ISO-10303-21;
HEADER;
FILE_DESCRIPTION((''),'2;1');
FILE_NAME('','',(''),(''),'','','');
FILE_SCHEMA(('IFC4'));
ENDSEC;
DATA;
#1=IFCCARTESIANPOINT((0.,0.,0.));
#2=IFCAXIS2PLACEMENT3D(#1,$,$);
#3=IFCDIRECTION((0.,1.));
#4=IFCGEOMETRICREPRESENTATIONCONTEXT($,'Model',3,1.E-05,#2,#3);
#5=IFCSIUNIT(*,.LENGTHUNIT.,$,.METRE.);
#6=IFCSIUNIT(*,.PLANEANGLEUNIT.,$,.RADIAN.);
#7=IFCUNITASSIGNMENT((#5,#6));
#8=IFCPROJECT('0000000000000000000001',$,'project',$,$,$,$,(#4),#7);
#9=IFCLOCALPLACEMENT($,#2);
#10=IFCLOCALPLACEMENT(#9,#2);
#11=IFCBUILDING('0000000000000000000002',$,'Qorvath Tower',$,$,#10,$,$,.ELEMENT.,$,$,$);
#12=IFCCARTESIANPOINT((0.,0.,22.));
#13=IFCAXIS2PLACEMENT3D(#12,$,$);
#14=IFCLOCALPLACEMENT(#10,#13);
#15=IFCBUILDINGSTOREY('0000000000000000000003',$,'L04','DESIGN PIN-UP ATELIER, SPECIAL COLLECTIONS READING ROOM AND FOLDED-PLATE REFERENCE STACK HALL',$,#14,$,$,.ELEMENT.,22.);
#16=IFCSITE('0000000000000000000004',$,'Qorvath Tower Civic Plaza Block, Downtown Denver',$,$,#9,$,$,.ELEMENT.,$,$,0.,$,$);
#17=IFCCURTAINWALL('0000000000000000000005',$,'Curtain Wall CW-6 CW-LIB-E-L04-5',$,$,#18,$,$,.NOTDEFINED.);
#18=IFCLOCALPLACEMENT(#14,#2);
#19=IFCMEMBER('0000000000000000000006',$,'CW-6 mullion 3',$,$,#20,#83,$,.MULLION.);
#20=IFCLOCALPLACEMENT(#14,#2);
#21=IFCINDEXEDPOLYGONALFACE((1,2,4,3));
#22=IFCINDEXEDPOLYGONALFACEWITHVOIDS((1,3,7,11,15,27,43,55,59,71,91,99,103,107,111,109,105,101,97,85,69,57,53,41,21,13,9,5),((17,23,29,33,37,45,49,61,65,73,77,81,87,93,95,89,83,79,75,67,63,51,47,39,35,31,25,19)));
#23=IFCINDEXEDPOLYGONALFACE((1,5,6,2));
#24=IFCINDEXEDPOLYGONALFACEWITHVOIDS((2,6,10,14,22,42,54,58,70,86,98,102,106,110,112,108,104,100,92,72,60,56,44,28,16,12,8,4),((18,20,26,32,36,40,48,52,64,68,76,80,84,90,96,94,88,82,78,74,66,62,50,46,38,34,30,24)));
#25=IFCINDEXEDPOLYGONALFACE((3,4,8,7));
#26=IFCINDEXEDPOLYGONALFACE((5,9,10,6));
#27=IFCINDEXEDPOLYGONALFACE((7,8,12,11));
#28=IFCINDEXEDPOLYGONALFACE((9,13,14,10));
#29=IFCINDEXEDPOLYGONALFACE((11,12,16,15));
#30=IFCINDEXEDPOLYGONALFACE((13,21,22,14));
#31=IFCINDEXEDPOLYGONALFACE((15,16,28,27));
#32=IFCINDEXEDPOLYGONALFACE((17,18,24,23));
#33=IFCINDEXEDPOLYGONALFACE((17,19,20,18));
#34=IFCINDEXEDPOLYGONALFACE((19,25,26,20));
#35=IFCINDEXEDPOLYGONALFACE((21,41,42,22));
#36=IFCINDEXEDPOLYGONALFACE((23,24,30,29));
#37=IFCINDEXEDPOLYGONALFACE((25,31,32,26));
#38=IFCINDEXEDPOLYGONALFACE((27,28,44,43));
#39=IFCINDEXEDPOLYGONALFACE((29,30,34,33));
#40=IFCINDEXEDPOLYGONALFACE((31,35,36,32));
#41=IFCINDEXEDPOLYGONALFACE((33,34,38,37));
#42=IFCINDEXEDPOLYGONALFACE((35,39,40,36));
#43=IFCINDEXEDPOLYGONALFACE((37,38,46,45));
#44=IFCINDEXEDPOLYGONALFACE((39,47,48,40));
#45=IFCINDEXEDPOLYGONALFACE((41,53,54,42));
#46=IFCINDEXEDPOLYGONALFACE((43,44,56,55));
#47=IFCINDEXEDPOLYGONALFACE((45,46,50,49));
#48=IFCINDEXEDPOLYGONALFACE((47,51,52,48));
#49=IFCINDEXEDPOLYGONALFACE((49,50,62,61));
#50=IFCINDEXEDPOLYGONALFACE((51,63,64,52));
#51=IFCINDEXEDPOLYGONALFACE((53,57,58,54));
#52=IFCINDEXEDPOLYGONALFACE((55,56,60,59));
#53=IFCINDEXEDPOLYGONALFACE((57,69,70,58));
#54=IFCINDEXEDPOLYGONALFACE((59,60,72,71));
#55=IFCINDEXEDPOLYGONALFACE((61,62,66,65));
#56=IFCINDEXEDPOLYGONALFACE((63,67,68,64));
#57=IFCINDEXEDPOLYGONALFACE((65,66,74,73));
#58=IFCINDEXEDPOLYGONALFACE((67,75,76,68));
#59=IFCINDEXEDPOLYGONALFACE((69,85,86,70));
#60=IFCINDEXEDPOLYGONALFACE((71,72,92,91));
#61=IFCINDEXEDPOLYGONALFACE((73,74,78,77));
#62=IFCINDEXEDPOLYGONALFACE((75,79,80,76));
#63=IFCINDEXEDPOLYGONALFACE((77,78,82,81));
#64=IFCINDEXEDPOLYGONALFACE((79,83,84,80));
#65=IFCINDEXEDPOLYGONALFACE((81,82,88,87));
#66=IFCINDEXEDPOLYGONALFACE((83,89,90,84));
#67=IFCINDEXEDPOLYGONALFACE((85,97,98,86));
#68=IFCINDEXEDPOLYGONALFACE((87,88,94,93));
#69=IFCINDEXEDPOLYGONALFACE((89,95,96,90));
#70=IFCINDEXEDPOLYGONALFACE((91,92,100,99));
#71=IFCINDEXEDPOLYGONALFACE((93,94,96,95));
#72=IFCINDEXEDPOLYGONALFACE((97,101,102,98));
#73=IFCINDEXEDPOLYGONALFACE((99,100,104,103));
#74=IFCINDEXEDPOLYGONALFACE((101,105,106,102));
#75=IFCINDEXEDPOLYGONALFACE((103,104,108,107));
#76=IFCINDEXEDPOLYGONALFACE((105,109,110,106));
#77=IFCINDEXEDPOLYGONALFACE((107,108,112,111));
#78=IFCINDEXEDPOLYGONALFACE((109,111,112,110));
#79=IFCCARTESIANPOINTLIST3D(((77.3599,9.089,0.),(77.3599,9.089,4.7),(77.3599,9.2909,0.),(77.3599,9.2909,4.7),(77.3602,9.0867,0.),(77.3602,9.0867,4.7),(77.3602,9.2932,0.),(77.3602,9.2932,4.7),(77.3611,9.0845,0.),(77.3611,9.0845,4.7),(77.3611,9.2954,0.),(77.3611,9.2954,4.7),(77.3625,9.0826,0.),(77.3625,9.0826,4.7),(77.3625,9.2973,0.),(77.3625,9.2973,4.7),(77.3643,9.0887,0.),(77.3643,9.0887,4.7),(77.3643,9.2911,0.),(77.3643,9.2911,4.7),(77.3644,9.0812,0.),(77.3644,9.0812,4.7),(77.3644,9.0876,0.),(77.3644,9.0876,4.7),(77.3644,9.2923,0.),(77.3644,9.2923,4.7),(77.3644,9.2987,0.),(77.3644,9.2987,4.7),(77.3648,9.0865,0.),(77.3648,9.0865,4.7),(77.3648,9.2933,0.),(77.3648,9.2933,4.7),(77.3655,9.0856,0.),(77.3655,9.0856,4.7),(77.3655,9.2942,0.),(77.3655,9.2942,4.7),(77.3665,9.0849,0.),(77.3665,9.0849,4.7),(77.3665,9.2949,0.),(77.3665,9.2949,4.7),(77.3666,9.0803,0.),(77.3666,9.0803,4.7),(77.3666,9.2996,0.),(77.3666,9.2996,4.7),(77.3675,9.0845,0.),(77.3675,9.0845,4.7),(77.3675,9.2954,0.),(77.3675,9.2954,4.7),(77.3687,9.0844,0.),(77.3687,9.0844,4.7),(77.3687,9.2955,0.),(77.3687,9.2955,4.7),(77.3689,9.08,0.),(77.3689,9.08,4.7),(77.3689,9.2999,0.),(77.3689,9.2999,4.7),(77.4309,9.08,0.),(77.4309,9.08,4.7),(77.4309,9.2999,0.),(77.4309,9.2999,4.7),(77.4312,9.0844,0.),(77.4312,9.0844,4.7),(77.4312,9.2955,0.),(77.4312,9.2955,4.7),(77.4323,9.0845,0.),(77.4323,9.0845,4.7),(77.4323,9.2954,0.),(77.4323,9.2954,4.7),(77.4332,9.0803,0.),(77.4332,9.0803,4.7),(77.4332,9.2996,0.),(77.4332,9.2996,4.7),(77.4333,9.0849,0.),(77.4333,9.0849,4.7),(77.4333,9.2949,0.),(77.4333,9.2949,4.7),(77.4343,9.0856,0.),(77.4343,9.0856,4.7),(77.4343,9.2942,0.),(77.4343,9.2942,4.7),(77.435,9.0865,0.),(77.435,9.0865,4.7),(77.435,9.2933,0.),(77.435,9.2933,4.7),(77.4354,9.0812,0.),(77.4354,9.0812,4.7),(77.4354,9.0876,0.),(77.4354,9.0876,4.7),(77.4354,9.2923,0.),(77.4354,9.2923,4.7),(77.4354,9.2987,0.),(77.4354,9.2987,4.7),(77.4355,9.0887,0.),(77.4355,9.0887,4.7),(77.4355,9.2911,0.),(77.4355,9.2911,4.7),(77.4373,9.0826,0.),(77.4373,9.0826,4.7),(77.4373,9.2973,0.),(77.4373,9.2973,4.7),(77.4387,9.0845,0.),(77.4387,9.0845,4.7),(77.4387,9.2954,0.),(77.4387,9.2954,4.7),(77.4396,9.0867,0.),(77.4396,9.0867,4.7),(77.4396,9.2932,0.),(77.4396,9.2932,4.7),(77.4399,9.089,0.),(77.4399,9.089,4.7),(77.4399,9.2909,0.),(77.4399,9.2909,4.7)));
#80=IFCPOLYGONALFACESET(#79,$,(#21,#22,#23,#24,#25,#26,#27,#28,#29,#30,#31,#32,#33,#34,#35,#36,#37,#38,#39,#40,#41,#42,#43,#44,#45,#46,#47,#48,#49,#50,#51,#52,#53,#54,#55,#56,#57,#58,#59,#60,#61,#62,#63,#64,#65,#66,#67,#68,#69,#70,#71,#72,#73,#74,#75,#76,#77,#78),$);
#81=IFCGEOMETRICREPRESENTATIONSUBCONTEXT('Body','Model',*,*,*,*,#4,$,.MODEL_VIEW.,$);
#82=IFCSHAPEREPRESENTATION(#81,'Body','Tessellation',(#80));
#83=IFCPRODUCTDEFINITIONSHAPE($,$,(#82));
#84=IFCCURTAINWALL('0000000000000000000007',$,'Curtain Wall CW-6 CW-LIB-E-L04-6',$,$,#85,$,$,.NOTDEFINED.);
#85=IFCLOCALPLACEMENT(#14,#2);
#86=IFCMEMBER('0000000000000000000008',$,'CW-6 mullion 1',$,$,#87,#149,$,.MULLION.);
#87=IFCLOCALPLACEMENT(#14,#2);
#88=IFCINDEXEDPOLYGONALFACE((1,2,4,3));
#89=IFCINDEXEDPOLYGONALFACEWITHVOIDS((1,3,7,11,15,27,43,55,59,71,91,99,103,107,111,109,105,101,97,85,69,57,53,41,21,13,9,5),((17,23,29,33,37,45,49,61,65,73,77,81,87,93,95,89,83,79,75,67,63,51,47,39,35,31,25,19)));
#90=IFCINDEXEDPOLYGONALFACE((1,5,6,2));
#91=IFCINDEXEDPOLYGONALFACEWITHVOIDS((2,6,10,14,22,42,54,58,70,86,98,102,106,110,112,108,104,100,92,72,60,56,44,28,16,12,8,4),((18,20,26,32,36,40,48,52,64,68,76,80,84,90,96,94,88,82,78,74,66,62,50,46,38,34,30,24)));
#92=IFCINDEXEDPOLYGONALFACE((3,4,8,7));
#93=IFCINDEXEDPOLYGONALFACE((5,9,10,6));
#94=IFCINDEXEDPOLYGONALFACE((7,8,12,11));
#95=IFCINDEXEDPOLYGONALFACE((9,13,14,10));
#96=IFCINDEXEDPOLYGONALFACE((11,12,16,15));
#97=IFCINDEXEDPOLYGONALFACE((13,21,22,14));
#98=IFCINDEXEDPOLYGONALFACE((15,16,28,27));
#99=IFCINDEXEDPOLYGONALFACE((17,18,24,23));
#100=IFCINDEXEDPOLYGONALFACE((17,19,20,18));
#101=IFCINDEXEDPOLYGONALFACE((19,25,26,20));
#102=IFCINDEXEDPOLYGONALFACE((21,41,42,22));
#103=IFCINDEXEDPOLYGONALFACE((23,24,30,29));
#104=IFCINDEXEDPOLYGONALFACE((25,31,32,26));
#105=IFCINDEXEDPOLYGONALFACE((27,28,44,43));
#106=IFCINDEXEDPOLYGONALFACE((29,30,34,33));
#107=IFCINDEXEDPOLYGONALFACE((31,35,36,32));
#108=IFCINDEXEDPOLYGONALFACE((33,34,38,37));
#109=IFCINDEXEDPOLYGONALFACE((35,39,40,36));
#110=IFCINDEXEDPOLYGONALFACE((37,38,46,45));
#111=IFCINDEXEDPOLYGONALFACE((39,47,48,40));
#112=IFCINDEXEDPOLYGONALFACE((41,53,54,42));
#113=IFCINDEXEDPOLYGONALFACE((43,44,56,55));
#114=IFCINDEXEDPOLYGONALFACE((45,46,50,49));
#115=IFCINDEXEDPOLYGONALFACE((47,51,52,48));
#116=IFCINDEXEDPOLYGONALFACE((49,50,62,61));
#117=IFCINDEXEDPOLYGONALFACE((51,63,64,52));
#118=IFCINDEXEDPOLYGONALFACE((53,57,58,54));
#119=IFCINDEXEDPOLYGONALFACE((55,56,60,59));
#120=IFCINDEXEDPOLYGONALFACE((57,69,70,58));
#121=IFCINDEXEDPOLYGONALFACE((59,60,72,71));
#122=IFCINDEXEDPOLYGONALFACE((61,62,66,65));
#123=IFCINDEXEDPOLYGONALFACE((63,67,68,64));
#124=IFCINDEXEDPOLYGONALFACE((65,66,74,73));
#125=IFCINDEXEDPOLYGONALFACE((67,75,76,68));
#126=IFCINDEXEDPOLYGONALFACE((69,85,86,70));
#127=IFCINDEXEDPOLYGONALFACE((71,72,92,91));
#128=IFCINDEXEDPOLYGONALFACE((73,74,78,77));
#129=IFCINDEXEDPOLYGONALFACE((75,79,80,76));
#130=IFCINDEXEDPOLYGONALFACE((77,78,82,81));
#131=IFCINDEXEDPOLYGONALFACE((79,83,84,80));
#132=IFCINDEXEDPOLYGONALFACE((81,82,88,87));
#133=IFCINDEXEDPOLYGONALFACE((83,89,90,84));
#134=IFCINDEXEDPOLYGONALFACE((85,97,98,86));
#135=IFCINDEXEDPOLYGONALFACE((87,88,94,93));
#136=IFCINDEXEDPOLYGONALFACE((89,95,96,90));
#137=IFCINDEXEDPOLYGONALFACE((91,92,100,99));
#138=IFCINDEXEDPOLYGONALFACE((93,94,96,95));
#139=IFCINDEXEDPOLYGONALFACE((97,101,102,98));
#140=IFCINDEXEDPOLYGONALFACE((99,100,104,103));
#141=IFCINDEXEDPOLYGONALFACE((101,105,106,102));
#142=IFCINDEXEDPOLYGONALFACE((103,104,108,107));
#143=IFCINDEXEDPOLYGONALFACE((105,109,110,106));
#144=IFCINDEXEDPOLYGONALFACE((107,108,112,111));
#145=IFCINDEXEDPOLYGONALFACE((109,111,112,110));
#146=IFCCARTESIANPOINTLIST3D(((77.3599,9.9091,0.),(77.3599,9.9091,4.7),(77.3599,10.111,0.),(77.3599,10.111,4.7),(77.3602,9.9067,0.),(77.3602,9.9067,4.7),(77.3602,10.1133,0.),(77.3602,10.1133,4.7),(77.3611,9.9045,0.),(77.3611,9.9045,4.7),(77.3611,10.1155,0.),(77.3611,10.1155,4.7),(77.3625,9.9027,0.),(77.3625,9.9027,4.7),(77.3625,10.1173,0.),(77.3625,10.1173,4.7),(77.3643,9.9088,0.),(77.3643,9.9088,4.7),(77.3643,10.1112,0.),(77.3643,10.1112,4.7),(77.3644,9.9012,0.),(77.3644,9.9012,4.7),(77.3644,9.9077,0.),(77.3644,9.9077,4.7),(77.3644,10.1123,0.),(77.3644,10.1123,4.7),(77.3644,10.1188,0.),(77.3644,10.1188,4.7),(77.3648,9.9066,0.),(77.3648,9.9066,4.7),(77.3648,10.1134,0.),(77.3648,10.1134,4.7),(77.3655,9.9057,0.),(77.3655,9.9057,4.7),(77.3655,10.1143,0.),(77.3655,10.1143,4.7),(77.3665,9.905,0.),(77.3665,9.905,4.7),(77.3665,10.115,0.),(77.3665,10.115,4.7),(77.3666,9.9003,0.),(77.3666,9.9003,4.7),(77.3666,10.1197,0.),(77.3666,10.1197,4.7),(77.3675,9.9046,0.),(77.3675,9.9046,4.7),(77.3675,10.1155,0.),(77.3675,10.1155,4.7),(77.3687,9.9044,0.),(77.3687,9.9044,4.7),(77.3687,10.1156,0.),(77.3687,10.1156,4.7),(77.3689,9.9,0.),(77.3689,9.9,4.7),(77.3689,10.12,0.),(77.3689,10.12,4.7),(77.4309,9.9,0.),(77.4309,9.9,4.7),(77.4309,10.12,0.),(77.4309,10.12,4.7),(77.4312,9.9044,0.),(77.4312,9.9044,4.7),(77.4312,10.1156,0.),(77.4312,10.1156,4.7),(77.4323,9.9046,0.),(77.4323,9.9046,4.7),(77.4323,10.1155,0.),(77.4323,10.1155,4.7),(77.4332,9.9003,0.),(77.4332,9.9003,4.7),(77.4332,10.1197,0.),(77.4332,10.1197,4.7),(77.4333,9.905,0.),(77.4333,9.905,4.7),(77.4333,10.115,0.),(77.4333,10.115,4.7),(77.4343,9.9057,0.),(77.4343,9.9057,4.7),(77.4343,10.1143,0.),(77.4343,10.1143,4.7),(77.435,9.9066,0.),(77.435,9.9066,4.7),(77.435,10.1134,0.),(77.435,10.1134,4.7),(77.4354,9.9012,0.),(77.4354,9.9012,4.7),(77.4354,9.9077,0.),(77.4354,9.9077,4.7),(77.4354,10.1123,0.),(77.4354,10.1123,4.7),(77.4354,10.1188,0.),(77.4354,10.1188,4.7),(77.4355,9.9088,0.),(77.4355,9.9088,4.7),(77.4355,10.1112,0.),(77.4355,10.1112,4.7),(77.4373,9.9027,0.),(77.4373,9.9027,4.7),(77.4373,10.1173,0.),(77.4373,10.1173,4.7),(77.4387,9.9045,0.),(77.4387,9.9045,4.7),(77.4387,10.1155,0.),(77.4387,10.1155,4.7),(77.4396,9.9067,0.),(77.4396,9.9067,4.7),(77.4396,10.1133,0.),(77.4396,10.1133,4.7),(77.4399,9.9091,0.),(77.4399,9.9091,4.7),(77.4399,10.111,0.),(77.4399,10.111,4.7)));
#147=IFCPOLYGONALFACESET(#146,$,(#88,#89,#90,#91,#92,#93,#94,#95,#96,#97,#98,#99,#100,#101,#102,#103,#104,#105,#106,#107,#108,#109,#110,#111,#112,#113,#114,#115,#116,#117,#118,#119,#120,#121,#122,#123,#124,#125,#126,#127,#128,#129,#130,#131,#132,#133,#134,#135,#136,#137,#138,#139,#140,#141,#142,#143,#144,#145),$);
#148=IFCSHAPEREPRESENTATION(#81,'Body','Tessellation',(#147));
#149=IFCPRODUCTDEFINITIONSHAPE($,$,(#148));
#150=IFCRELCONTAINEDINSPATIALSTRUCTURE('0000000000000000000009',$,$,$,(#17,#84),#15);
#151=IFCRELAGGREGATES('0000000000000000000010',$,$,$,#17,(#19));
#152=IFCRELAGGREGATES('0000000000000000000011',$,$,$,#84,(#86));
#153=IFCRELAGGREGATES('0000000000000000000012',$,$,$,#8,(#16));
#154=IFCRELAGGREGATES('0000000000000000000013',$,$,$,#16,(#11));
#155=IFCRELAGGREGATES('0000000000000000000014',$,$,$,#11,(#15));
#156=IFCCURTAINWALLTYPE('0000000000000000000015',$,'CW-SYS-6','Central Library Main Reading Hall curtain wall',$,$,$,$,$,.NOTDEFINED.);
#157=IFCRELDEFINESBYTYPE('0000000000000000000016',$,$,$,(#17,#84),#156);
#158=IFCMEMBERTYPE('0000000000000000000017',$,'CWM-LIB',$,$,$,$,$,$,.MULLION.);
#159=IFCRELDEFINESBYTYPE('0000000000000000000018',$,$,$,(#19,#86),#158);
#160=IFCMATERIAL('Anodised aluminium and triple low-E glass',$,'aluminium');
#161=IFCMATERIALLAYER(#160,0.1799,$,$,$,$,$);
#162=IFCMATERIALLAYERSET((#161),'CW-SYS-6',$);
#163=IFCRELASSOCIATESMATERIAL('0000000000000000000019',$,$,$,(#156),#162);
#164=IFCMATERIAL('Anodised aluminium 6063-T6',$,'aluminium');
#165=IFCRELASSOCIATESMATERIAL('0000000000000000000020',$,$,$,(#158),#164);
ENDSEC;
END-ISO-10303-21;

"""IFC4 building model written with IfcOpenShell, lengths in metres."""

from ifc_helpers import new_model, si_unit, direction, frame, origin, origin_2d, place, context, subcontext, project, spatial, hollow_rectangle, extrude, material, layer, layer_set, material_profile, profile_set, type_object, element, aggregate, save


model = new_model("IFC4")

# Units and contexts
model_context = context("Model", 3, precision=1e-05, world=origin(), true_north=direction((0.0, 1.0)))
body_context = subcontext(model_context, "Body", "Model", "MODEL_VIEW")
ifc_project = project(units=[si_unit("LENGTHUNIT", "METRE"), si_unit("PLANEANGLEUNIT", "RADIAN")], contexts=[model_context])

# Site, building, storey
site_placement = place(None, origin())
site = spatial("IfcSite", under=ifc_project, at=site_placement, Name="Qorvath Tower Civic Plaza Block, Downtown Denver", CompositionType="ELEMENT", RefElevation=0.0)
building_placement = place(site_placement, origin())
building = spatial("IfcBuilding", under=site, at=building_placement, Name="Qorvath Tower", CompositionType="ELEMENT")
storey_placement = place(building_placement, frame((0.0, 0.0, 22.0)))
storey = spatial("IfcBuildingStorey", under=building, at=storey_placement, Name="L04", Description="DESIGN PIN-UP ATELIER, SPECIAL COLLECTIONS READING ROOM AND FOLDED-PLATE REFERENCE STACK HALL", CompositionType="ELEMENT", Elevation=22.0)

# Curtain walls, members
ifc_material_1 = material(Name="Anodised aluminium and triple low-E glass", Category="aluminium")
ifc_layer_1 = layer(ifc_material_1, 0.1799)
ifc_layer_set_1 = layer_set([ifc_layer_1], Name="CW-SYS-6")
curtain_wall_type = type_object("IfcCurtainWallType", Name="CW-SYS-6", Description="Central Library Main Reading Hall curtain wall", PredefinedType="NOTDEFINED", material=ifc_layer_set_1)
curtain_wall_1_placement = place(storey_placement, origin())
curtain_wall_1 = element("IfcCurtainWall", 1, at=curtain_wall_1_placement, inside=storey, type_object=curtain_wall_type, Name="Curtain Wall CW-6 CW-LIB-E-L04-5", PredefinedType="NOTDEFINED")
ifc_material_2 = material(Name="Anodised aluminium 6063-T6", Category="aluminium")
ifc_material_profile_1 = material_profile(ifc_material_2, hollow_rectangle(XDim=0.0801, YDim=0.22, WallThickness=0.0044, InnerFilletRadius=0.0044, OuterFilletRadius=0.009, at=origin_2d()), Name="CWM LIB 220x80")
ifc_profile_set_1 = profile_set([ifc_material_profile_1], Name="Anodised aluminium 6063-T6")
member_type_1 = type_object("IfcMemberType", Name="CWM-LIB", PredefinedType="MULLION", material=ifc_profile_set_1)
member_1_placement = place(storey_placement, frame((77.3999, 9.1899, 0.0), z_axis=(0.0, 0.0, 1.0), x_axis=(-1.0, 0.0, 0.0)))
member_1 = element("IfcMember", 2, at=member_1_placement, type_object=member_type_1, Name="CW-6 mullion 3", PredefinedType="MULLION", context=body_context, shape_type="SweptSolid", body=[
    extrude(hollow_rectangle(XDim=0.0801, YDim=0.22, WallThickness=0.0044, InnerFilletRadius=0.0044, OuterFilletRadius=0.009, at=origin_2d()), origin(), (0.0, 0.0, 1.0), 4.7),
])
curtain_wall_2_placement = place(storey_placement, origin())
curtain_wall_2 = element("IfcCurtainWall", 3, at=curtain_wall_2_placement, inside=storey, type_object=curtain_wall_type, Name="Curtain Wall CW-6 CW-LIB-E-L04-6", PredefinedType="NOTDEFINED")
member_2_placement = place(storey_placement, frame((77.3999, 10.01, 0.0), z_axis=(0.0, 0.0, 1.0), x_axis=(-1.0, 0.0, 0.0)))
member_2 = element("IfcMember", 4, at=member_2_placement, type_object=member_type_1, Name="CW-6 mullion 1", PredefinedType="MULLION", context=body_context, shape_type="SweptSolid", body=[
    extrude(hollow_rectangle(XDim=0.0801, YDim=0.22, WallThickness=0.0044, InnerFilletRadius=0.0044, OuterFilletRadius=0.009, at=origin_2d()), origin(), (0.0, 0.0, 1.0), 4.7),
])

aggregate(curtain_wall_1, [member_1])
aggregate(curtain_wall_2, [member_2])

save(model, "model.ifc")
